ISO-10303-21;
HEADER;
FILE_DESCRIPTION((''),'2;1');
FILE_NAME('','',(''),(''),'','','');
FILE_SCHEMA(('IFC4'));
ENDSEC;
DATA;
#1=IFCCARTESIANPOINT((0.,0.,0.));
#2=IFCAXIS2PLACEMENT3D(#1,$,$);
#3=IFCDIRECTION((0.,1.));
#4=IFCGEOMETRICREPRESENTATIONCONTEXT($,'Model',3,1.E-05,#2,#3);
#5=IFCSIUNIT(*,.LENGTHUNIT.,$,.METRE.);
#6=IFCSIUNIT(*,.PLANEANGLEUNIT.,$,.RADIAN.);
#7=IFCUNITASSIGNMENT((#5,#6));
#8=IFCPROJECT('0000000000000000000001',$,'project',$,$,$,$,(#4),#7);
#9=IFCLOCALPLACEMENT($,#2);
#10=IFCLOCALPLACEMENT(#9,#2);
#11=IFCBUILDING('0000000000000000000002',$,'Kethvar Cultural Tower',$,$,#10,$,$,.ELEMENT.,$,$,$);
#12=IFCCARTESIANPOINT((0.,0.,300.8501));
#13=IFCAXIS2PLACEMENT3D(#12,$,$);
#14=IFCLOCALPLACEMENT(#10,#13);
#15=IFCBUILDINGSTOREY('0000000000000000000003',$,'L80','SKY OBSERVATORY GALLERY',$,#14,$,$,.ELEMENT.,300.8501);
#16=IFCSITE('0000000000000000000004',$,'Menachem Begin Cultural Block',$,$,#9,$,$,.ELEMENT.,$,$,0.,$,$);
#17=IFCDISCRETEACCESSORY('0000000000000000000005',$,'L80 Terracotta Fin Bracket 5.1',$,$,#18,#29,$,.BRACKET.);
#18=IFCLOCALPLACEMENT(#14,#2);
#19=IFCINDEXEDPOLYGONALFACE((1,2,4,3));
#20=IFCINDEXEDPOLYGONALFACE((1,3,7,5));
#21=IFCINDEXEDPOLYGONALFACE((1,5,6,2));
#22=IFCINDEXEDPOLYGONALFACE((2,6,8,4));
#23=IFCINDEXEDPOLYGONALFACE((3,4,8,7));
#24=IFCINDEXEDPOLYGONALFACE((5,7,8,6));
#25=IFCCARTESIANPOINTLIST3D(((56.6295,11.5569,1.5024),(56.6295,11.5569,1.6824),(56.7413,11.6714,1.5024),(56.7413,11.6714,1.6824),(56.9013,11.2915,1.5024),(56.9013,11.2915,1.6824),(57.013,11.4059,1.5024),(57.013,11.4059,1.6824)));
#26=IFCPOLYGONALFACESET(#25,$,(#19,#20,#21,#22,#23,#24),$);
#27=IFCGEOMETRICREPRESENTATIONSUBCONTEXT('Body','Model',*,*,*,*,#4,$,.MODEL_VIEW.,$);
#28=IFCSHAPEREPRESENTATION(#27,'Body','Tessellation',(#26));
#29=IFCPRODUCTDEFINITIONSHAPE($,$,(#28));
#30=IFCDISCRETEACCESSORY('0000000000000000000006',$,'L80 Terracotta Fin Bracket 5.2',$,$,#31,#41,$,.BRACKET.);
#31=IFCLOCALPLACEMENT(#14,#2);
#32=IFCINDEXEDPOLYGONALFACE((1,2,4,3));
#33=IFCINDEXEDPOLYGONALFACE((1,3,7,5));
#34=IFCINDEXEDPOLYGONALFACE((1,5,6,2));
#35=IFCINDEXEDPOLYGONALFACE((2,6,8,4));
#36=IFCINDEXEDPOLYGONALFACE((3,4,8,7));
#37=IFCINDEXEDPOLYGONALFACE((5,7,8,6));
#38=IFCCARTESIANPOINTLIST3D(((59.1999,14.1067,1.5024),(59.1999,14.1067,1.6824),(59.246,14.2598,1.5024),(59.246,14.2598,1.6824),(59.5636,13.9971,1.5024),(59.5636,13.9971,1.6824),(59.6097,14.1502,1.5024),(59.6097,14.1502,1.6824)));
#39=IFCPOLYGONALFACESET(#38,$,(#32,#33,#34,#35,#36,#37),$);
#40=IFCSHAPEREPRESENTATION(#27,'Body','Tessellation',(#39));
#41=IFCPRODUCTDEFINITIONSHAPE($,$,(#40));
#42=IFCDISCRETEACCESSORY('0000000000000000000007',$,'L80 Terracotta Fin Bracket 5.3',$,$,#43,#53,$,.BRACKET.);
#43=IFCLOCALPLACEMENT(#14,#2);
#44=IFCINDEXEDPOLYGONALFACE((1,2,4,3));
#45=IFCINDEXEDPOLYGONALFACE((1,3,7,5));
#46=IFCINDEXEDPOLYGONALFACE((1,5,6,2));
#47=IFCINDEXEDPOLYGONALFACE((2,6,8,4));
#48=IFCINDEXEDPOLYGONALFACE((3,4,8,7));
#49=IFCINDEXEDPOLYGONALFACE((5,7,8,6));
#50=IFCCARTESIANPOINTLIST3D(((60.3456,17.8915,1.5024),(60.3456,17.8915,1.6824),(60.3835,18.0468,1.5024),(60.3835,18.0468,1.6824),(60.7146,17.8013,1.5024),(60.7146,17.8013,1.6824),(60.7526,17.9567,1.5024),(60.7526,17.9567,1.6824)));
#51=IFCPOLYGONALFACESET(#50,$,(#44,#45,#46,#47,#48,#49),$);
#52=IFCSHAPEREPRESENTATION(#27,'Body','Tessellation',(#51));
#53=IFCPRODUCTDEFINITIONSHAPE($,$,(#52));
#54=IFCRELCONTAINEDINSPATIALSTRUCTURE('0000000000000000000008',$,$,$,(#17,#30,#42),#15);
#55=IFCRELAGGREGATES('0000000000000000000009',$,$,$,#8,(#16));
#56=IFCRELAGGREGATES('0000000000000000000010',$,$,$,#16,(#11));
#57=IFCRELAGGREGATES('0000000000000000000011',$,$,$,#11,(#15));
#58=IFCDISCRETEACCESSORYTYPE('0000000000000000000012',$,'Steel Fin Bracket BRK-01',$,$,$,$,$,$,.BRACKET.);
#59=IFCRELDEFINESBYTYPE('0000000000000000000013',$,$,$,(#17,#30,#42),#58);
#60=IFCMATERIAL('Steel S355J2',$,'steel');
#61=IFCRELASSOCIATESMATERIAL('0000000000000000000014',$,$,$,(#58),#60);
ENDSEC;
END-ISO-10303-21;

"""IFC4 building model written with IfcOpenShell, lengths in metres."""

from ifc_helpers import new_model, si_unit, direction, frame, origin, origin_2d, place, context, subcontext, project, spatial, rectangle, extrude, source, transform, mapped, material, type_object, element, save


model = new_model("IFC4")

# Units and contexts
model_context = context("Model", 3, precision=1e-05, world=origin(), true_north=direction((0.0, 1.0)))
body_context = subcontext(model_context, "Body", "Model", "MODEL_VIEW")
ifc_project = project(units=[si_unit("LENGTHUNIT", "METRE"), si_unit("PLANEANGLEUNIT", "RADIAN")], contexts=[model_context])

# Site, building, storey
site_placement = place(None, origin())
site = spatial("IfcSite", under=ifc_project, at=site_placement, Name="Menachem Begin Cultural Block", CompositionType="ELEMENT", RefElevation=0.0)
building_placement = place(site_placement, origin())
building = spatial("IfcBuilding", under=site, at=building_placement, Name="Kethvar Cultural Tower", CompositionType="ELEMENT")
storey_placement = place(building_placement, frame((0.0, 0.0, 300.8501)))
storey = spatial("IfcBuildingStorey", under=building, at=storey_placement, Name="L80", Description="SKY OBSERVATORY GALLERY", CompositionType="ELEMENT", Elevation=300.8501)

# Shared definitions
ifc_material_1 = material(Name="Steel S355J2", Category="steel")

# Discrete accessories
discrete_accessory_type = type_object("IfcDiscreteAccessoryType", Name="Steel Fin Bracket BRK-01", PredefinedType="BRACKET", material=ifc_material_1)
shared_shape_1 = source(origin(), body_context, "Body", "SweptSolid", [
    extrude(rectangle(XDim=0.3799, YDim=0.1599, at=origin_2d()), origin(), (0.0, 0.0, 1.0), 0.1799),
])
for number, where, z_axis, x_axis, name in (
    (1, (56.8213, 11.4814, 1.5024), (0.0, 0.0, 1.0), (0.715449, -0.698665, 0.0), "L80 Terracotta Fin Bracket 5.1"),
    (2, (59.4048, 14.1284, 1.5024), (0.0, 0.0, 1.0), (0.957471, -0.288531, 0.0), "L80 Terracotta Fin Bracket 5.2"),
    (3, (60.5491, 17.9241, 1.5024), (0.0, 0.0, 1.0), (0.971425, -0.237347, 0.0), "L80 Terracotta Fin Bracket 5.3"),
):
    element("IfcDiscreteAccessory", number, at=place(storey_placement, frame(where, z_axis=z_axis, x_axis=x_axis)), inside=storey, type_object=discrete_accessory_type, Name=name, PredefinedType="BRACKET", context=body_context, shape_type="MappedRepresentation", body=[
        mapped(shared_shape_1, transform((0.0, 0.0, 0.0), scale=1.0)),
    ])

save(model, "model.ifc")
